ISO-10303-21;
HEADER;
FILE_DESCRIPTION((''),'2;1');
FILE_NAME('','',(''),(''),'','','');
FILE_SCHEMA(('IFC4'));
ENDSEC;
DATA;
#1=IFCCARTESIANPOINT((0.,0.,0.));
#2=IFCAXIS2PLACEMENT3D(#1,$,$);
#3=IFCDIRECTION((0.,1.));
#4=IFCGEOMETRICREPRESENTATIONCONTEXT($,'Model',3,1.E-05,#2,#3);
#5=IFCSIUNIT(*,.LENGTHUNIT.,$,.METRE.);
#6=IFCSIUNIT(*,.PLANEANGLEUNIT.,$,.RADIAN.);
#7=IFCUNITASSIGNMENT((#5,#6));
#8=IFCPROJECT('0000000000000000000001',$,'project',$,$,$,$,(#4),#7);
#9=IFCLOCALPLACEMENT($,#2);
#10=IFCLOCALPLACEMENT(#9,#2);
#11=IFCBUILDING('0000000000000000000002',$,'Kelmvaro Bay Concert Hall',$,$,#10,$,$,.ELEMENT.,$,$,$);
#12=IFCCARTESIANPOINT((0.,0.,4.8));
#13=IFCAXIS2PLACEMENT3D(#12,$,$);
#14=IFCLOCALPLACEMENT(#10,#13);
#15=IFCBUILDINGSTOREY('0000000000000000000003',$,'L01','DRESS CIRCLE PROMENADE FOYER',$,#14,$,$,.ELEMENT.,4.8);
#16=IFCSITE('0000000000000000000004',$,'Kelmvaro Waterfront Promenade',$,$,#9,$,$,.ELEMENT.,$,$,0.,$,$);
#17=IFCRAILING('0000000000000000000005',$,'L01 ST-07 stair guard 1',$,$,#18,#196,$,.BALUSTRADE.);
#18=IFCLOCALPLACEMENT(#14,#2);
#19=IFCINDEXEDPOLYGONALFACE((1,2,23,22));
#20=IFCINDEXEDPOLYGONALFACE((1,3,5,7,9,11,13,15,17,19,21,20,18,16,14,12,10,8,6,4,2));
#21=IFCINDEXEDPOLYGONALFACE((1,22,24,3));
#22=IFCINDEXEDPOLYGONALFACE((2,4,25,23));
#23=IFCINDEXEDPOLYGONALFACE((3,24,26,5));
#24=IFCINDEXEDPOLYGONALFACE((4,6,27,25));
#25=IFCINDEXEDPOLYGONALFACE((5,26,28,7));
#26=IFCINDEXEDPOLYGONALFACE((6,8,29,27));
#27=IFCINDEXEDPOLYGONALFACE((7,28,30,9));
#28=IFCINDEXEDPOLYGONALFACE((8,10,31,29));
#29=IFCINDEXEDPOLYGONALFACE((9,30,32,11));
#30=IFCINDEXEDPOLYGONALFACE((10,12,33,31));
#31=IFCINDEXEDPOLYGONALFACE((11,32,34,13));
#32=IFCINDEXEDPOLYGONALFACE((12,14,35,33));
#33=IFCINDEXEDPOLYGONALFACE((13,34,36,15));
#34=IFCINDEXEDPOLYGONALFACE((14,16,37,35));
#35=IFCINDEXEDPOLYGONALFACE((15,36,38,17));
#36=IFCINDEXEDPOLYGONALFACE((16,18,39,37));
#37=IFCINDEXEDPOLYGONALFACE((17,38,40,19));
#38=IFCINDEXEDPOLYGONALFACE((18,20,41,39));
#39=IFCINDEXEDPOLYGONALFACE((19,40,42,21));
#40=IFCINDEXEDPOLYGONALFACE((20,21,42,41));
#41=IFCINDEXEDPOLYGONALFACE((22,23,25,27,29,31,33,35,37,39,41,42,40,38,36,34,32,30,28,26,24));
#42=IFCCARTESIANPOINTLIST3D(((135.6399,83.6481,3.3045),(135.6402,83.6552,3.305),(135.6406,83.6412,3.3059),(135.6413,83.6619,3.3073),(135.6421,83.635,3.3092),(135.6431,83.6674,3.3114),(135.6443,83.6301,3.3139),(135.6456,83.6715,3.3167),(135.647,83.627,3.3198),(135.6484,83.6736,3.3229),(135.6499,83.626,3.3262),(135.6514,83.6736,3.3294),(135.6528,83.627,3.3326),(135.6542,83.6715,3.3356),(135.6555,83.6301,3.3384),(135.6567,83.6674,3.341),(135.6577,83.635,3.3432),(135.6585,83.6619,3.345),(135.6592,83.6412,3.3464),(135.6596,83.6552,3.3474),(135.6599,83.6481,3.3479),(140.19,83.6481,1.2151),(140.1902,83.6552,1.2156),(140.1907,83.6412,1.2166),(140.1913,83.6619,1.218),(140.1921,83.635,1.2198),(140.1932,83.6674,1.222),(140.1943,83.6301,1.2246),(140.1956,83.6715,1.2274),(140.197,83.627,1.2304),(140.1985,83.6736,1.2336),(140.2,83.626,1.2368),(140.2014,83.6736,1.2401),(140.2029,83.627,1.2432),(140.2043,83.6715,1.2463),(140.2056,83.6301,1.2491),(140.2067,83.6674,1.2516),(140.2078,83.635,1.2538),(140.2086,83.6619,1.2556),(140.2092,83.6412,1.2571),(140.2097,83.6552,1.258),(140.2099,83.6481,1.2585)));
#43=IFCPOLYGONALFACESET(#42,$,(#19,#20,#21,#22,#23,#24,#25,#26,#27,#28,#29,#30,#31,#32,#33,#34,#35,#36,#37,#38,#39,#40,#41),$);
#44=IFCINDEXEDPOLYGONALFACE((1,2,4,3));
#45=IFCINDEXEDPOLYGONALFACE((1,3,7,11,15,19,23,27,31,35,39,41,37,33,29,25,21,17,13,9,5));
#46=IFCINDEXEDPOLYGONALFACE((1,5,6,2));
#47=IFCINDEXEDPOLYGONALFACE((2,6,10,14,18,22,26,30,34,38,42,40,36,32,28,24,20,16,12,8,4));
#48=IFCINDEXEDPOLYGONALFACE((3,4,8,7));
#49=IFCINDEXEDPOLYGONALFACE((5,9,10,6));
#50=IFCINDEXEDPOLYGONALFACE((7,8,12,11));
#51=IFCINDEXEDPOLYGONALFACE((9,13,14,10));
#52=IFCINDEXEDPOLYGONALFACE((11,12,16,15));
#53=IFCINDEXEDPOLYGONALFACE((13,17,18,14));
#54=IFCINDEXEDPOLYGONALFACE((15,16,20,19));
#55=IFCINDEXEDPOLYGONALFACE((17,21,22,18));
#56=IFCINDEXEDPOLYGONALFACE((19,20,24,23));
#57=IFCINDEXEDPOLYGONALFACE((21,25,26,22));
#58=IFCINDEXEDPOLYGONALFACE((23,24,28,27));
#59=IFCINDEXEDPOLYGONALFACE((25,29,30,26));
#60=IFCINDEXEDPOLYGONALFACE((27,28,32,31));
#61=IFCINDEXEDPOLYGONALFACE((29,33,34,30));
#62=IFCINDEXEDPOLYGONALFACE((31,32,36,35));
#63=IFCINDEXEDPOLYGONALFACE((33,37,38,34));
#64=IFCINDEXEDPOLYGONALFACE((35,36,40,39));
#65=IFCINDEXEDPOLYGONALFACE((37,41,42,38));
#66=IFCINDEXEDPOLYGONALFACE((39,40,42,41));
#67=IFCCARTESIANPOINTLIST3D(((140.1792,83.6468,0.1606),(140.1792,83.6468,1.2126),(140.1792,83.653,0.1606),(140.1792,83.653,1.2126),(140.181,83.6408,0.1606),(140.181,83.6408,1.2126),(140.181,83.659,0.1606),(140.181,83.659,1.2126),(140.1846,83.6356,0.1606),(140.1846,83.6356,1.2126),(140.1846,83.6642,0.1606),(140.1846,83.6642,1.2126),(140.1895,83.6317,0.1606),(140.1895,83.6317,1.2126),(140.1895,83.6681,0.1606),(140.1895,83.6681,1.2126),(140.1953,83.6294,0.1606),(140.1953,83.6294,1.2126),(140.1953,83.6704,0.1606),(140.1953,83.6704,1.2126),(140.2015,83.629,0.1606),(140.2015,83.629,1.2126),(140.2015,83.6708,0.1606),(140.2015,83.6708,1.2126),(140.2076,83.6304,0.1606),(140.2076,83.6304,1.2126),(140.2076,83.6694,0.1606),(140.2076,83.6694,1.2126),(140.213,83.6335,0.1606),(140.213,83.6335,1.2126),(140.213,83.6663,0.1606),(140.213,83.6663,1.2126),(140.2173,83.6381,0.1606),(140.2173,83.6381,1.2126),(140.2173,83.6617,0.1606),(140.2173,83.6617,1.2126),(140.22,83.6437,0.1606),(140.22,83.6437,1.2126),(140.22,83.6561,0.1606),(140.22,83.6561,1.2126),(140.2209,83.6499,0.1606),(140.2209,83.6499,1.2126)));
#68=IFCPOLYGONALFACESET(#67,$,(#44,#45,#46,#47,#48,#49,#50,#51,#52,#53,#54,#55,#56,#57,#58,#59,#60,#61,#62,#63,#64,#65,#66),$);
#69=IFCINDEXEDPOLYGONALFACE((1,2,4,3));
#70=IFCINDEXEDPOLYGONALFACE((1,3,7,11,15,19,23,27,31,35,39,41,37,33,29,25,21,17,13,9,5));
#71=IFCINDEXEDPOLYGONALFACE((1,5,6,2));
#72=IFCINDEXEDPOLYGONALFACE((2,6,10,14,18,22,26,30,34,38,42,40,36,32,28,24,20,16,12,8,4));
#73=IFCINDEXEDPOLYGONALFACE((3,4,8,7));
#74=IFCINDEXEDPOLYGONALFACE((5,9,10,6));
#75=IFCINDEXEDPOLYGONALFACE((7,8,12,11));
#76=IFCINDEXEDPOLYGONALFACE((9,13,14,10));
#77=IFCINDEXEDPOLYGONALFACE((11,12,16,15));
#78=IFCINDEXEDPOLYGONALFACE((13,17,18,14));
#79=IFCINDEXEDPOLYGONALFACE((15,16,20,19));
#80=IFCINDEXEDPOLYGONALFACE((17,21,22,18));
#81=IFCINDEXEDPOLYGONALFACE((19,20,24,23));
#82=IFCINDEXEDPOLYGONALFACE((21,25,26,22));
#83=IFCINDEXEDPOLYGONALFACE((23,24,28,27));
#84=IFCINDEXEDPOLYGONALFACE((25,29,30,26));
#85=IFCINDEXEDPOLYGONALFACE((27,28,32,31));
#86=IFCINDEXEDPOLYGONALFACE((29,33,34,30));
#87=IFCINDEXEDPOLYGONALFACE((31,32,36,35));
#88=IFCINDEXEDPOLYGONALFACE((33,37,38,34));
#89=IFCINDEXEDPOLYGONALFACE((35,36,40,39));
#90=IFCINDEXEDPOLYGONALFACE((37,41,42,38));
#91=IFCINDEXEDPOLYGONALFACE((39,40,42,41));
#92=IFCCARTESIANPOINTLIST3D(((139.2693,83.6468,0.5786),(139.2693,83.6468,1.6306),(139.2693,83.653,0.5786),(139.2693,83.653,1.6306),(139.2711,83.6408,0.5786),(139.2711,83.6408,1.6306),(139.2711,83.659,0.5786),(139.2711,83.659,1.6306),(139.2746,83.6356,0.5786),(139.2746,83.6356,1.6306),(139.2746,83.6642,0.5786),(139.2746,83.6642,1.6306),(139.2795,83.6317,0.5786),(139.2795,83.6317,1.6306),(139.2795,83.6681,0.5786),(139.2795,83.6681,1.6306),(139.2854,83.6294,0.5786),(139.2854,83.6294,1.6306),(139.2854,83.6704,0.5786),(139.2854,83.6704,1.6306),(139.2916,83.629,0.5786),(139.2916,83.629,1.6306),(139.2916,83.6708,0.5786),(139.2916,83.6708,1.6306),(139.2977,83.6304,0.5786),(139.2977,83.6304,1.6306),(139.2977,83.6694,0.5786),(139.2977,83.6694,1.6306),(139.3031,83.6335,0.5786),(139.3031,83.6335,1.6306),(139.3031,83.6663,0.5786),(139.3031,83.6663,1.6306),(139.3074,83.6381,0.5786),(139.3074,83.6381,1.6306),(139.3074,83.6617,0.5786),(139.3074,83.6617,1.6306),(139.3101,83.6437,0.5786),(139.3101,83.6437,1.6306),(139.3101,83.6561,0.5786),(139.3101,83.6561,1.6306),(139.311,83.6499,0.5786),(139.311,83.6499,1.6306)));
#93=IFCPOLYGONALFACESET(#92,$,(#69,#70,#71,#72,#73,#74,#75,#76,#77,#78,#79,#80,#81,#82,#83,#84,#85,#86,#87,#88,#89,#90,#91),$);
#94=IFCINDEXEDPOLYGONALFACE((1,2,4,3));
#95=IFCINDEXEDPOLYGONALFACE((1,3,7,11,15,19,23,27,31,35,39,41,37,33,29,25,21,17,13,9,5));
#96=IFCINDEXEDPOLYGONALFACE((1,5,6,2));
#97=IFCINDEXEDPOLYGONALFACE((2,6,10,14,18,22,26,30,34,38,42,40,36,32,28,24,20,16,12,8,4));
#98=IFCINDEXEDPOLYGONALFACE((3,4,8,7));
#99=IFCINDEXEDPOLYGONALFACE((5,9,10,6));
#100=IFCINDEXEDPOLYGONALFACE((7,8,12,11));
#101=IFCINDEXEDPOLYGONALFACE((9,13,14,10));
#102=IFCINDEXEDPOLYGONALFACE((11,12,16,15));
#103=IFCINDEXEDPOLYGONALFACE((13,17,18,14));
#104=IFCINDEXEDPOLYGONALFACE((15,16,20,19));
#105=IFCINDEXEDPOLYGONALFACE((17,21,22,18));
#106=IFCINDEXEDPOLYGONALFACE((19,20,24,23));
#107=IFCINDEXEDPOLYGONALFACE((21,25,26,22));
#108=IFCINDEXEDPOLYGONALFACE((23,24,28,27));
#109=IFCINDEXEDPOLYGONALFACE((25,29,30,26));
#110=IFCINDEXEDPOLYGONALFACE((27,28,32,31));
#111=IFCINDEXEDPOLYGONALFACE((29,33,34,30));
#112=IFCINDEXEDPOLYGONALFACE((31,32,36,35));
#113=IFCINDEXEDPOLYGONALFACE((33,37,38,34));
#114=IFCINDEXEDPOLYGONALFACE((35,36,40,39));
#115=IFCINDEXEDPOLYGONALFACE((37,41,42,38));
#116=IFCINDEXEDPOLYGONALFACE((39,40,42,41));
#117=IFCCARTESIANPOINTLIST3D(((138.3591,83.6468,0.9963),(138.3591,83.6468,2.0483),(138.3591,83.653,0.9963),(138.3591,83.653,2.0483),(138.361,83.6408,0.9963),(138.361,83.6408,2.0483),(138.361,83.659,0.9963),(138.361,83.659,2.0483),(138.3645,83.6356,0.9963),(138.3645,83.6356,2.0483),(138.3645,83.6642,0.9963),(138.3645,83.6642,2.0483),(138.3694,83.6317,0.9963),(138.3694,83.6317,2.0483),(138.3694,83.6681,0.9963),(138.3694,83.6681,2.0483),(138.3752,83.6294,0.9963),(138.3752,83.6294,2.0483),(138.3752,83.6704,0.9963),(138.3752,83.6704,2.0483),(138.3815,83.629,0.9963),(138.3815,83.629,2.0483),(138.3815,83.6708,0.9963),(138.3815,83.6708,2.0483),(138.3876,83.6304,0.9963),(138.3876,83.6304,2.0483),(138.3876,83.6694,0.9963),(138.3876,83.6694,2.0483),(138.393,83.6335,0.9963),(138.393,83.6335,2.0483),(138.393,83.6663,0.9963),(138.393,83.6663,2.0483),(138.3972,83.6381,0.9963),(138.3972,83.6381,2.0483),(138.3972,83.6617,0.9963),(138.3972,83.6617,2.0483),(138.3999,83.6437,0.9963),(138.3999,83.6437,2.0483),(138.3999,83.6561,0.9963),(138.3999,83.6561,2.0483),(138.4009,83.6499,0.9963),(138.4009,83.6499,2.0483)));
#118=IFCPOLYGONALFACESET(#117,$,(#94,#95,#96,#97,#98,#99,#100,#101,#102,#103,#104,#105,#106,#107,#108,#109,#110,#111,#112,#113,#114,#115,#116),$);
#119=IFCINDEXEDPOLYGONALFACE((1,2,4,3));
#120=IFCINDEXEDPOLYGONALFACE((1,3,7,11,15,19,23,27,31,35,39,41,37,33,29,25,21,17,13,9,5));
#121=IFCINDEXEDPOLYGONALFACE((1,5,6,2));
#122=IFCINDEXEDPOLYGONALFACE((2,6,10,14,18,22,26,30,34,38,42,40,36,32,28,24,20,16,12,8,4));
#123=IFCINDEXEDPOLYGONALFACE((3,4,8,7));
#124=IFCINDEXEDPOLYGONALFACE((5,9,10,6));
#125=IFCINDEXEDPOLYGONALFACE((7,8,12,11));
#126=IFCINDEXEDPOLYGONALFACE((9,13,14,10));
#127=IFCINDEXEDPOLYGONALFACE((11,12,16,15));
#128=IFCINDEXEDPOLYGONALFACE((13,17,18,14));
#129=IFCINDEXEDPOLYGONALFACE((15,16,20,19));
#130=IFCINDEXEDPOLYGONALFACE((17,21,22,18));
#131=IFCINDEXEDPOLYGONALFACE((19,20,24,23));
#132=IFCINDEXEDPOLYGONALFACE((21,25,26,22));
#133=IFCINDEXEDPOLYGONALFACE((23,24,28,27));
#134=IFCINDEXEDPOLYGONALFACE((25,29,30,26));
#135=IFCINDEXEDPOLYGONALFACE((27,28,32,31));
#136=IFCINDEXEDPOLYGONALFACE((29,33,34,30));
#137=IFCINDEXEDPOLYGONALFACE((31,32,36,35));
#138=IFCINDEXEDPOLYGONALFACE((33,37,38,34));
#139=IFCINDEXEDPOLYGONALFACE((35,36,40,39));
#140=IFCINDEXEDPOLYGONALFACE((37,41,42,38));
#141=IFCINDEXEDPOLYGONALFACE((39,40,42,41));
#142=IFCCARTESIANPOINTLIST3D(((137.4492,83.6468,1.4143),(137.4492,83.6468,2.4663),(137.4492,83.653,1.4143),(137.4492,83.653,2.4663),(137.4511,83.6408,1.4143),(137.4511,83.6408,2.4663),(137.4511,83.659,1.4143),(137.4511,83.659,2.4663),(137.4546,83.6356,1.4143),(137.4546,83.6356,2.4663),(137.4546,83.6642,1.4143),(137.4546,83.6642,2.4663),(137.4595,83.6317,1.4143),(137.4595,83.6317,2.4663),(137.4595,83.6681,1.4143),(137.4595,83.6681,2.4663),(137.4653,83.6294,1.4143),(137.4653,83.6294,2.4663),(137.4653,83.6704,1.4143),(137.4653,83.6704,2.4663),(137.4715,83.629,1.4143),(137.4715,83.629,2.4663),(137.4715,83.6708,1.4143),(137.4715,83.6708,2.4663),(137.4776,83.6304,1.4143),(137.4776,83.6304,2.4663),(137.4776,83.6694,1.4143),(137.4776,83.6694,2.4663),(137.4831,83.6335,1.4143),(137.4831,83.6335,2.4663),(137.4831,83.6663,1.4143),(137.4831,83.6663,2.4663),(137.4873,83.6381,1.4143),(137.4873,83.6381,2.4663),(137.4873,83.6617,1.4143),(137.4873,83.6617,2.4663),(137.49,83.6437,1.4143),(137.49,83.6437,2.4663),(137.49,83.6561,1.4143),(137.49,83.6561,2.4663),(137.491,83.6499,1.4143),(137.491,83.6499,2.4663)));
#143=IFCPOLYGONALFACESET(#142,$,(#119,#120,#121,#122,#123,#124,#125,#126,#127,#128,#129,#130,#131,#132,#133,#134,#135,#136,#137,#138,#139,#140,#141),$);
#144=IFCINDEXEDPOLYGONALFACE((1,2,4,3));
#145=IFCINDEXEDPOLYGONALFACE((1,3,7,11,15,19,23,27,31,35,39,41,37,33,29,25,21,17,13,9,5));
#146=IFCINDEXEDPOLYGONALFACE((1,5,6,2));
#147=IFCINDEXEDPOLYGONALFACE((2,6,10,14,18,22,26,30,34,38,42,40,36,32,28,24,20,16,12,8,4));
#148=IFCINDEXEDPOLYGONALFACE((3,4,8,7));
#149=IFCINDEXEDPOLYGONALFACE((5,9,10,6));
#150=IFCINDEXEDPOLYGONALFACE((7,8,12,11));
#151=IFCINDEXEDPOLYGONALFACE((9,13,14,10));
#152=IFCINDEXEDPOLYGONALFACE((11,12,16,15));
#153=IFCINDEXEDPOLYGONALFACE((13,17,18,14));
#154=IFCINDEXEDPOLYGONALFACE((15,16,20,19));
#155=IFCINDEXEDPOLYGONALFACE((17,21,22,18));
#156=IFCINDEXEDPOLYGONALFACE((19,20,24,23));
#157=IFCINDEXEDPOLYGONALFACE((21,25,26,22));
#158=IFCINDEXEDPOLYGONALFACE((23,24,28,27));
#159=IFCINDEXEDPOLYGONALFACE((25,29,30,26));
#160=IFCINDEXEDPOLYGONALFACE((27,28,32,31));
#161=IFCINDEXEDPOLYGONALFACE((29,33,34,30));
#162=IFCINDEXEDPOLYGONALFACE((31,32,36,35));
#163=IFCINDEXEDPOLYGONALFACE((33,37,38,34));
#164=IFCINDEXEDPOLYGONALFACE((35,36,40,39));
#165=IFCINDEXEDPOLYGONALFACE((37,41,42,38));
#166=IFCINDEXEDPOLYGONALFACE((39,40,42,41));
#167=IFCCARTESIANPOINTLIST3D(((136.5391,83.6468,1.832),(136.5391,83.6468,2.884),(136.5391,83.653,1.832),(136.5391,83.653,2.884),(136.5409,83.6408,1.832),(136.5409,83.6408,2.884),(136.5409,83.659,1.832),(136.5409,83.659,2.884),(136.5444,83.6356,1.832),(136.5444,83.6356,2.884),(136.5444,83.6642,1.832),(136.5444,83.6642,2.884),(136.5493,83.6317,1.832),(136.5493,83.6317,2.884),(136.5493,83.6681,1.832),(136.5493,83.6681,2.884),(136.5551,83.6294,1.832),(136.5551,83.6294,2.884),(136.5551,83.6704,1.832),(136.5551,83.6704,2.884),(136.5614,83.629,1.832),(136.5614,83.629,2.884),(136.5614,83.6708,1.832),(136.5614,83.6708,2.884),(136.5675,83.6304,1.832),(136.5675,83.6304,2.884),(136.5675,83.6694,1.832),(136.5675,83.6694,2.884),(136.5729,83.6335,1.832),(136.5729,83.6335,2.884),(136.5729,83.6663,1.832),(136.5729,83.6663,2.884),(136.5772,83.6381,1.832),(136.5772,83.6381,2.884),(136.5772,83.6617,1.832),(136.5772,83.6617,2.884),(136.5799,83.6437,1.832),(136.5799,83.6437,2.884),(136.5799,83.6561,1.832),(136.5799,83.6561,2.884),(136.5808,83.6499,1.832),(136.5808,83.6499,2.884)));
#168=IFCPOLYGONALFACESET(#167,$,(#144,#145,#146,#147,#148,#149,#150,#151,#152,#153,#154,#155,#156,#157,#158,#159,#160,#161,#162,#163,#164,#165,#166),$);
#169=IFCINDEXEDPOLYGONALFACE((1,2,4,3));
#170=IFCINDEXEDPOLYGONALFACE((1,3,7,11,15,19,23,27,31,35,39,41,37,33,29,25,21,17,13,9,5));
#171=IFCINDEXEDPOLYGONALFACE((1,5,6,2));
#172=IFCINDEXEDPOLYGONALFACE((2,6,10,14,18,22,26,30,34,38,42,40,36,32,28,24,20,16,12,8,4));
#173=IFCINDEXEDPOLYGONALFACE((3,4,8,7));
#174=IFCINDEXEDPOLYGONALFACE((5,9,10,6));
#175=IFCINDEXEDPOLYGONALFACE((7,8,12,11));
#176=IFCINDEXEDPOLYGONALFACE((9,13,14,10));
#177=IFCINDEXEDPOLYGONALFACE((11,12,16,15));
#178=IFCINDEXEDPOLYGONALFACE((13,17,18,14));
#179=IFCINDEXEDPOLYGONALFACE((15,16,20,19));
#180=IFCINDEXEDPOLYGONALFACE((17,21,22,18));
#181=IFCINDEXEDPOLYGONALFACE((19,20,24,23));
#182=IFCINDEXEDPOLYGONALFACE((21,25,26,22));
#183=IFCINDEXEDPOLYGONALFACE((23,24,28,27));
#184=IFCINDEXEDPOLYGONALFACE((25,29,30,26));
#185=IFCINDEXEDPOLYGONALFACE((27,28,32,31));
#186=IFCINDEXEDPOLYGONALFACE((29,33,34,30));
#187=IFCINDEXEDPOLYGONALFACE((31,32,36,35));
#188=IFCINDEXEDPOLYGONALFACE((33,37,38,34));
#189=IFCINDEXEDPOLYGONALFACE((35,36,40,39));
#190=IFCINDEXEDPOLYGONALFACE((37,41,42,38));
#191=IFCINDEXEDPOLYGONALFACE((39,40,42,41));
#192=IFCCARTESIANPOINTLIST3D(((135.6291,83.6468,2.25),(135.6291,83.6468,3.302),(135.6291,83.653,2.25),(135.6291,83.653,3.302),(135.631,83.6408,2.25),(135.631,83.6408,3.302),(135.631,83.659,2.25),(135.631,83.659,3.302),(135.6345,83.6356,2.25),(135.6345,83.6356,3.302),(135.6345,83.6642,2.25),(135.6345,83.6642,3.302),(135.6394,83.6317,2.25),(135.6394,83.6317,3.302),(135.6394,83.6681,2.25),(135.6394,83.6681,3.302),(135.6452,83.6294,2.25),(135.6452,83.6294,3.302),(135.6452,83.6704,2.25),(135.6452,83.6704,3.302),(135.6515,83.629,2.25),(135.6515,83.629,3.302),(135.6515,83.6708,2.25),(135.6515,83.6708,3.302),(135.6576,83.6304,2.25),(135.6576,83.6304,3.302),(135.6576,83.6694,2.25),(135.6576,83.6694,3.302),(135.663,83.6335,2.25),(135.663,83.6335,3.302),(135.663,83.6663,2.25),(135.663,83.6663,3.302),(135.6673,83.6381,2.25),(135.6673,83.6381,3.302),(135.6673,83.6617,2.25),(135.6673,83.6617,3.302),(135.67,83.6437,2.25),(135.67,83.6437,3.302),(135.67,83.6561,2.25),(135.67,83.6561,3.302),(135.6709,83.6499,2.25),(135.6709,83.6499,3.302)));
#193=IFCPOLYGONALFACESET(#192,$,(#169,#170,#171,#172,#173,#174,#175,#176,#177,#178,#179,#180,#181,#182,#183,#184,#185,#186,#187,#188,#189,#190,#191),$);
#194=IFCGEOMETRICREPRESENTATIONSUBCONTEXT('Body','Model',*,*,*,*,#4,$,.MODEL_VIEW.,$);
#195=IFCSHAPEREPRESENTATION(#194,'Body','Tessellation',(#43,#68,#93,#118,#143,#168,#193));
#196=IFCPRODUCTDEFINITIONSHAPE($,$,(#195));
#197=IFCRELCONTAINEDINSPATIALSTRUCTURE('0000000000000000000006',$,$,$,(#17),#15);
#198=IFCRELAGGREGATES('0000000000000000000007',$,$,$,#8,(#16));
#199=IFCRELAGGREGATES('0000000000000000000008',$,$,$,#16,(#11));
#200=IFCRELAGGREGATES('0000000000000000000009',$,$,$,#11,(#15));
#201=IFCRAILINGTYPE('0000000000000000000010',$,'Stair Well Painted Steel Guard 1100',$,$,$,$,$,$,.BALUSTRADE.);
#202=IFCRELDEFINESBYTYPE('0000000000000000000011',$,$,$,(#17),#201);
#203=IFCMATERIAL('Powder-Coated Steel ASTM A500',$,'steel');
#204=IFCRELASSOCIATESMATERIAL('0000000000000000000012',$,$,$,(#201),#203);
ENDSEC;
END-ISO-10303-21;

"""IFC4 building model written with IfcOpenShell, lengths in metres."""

from ifc_helpers import new_model, si_unit, direction, frame, origin, origin_2d, place, context, subcontext, project, spatial, circle, extrude, material, type_object, element, save


model = new_model("IFC4")

# Units and contexts
model_context = context("Model", 3, precision=1e-05, world=origin(), true_north=direction((0.0, 1.0)))
body_context = subcontext(model_context, "Body", "Model", "MODEL_VIEW")
ifc_project = project(units=[si_unit("LENGTHUNIT", "METRE"), si_unit("PLANEANGLEUNIT", "RADIAN")], contexts=[model_context])

# Site, building, storey
site_placement = place(None, origin())
site = spatial("IfcSite", under=ifc_project, at=site_placement, Name="Kelmvaro Waterfront Promenade", CompositionType="ELEMENT", RefElevation=0.0)
building_placement = place(site_placement, origin())
building = spatial("IfcBuilding", under=site, at=building_placement, Name="Kelmvaro Bay Concert Hall", CompositionType="ELEMENT")
storey_placement = place(building_placement, frame((0.0, 0.0, 4.8)))
storey = spatial("IfcBuildingStorey", under=building, at=storey_placement, Name="L01", Description="DRESS CIRCLE PROMENADE FOYER", CompositionType="ELEMENT", Elevation=4.8)

# Railing
ifc_material_1 = material(Name="Powder-Coated Steel ASTM A500", Category="steel")
railing_type_1 = type_object("IfcRailingType", Name="Stair Well Painted Steel Guard 1100", PredefinedType="BALUSTRADE", material=ifc_material_1)
railing_1_placement = place(storey_placement, frame((140.2, 83.6499, 0.1606)))
element("IfcRailing", 1, at=railing_1_placement, inside=storey, type_object=railing_type_1, Name="L01 ST-07 stair guard 1", PredefinedType="BALUSTRADE", context=body_context, shape_type="SweptSolid", body=[
    extrude(circle(Radius=0.0239, at=origin_2d()), frame((0.0, 0.0, 1.0762), z_axis=(-0.908768, 0.0, 0.417301), x_axis=(0.0, -1.0, 0.0)), (0.0, 0.0, 1.0), 5.0068),
    extrude(circle(Radius=0.021, at=origin_2d()), origin(), (0.0, 0.0, 1.0), 1.052),
    extrude(circle(Radius=0.021, at=origin_2d()), frame((-0.9099, 0.0, 0.418)), (0.0, 0.0, 1.0), 1.052),
    extrude(circle(Radius=0.021, at=origin_2d()), frame((-1.8201, 0.0, 0.8357)), (0.0, 0.0, 1.0), 1.052),
    extrude(circle(Radius=0.021, at=origin_2d()), frame((-2.73, 0.0, 1.2537)), (0.0, 0.0, 1.0), 1.052),
    extrude(circle(Radius=0.021, at=origin_2d()), frame((-3.6401, 0.0, 1.6714)), (0.0, 0.0, 1.0), 1.052),
    extrude(circle(Radius=0.021, at=origin_2d()), frame((-4.55, 0.0, 2.0894)), (0.0, 0.0, 1.0), 1.052),
])

save(model, "model.ifc")
